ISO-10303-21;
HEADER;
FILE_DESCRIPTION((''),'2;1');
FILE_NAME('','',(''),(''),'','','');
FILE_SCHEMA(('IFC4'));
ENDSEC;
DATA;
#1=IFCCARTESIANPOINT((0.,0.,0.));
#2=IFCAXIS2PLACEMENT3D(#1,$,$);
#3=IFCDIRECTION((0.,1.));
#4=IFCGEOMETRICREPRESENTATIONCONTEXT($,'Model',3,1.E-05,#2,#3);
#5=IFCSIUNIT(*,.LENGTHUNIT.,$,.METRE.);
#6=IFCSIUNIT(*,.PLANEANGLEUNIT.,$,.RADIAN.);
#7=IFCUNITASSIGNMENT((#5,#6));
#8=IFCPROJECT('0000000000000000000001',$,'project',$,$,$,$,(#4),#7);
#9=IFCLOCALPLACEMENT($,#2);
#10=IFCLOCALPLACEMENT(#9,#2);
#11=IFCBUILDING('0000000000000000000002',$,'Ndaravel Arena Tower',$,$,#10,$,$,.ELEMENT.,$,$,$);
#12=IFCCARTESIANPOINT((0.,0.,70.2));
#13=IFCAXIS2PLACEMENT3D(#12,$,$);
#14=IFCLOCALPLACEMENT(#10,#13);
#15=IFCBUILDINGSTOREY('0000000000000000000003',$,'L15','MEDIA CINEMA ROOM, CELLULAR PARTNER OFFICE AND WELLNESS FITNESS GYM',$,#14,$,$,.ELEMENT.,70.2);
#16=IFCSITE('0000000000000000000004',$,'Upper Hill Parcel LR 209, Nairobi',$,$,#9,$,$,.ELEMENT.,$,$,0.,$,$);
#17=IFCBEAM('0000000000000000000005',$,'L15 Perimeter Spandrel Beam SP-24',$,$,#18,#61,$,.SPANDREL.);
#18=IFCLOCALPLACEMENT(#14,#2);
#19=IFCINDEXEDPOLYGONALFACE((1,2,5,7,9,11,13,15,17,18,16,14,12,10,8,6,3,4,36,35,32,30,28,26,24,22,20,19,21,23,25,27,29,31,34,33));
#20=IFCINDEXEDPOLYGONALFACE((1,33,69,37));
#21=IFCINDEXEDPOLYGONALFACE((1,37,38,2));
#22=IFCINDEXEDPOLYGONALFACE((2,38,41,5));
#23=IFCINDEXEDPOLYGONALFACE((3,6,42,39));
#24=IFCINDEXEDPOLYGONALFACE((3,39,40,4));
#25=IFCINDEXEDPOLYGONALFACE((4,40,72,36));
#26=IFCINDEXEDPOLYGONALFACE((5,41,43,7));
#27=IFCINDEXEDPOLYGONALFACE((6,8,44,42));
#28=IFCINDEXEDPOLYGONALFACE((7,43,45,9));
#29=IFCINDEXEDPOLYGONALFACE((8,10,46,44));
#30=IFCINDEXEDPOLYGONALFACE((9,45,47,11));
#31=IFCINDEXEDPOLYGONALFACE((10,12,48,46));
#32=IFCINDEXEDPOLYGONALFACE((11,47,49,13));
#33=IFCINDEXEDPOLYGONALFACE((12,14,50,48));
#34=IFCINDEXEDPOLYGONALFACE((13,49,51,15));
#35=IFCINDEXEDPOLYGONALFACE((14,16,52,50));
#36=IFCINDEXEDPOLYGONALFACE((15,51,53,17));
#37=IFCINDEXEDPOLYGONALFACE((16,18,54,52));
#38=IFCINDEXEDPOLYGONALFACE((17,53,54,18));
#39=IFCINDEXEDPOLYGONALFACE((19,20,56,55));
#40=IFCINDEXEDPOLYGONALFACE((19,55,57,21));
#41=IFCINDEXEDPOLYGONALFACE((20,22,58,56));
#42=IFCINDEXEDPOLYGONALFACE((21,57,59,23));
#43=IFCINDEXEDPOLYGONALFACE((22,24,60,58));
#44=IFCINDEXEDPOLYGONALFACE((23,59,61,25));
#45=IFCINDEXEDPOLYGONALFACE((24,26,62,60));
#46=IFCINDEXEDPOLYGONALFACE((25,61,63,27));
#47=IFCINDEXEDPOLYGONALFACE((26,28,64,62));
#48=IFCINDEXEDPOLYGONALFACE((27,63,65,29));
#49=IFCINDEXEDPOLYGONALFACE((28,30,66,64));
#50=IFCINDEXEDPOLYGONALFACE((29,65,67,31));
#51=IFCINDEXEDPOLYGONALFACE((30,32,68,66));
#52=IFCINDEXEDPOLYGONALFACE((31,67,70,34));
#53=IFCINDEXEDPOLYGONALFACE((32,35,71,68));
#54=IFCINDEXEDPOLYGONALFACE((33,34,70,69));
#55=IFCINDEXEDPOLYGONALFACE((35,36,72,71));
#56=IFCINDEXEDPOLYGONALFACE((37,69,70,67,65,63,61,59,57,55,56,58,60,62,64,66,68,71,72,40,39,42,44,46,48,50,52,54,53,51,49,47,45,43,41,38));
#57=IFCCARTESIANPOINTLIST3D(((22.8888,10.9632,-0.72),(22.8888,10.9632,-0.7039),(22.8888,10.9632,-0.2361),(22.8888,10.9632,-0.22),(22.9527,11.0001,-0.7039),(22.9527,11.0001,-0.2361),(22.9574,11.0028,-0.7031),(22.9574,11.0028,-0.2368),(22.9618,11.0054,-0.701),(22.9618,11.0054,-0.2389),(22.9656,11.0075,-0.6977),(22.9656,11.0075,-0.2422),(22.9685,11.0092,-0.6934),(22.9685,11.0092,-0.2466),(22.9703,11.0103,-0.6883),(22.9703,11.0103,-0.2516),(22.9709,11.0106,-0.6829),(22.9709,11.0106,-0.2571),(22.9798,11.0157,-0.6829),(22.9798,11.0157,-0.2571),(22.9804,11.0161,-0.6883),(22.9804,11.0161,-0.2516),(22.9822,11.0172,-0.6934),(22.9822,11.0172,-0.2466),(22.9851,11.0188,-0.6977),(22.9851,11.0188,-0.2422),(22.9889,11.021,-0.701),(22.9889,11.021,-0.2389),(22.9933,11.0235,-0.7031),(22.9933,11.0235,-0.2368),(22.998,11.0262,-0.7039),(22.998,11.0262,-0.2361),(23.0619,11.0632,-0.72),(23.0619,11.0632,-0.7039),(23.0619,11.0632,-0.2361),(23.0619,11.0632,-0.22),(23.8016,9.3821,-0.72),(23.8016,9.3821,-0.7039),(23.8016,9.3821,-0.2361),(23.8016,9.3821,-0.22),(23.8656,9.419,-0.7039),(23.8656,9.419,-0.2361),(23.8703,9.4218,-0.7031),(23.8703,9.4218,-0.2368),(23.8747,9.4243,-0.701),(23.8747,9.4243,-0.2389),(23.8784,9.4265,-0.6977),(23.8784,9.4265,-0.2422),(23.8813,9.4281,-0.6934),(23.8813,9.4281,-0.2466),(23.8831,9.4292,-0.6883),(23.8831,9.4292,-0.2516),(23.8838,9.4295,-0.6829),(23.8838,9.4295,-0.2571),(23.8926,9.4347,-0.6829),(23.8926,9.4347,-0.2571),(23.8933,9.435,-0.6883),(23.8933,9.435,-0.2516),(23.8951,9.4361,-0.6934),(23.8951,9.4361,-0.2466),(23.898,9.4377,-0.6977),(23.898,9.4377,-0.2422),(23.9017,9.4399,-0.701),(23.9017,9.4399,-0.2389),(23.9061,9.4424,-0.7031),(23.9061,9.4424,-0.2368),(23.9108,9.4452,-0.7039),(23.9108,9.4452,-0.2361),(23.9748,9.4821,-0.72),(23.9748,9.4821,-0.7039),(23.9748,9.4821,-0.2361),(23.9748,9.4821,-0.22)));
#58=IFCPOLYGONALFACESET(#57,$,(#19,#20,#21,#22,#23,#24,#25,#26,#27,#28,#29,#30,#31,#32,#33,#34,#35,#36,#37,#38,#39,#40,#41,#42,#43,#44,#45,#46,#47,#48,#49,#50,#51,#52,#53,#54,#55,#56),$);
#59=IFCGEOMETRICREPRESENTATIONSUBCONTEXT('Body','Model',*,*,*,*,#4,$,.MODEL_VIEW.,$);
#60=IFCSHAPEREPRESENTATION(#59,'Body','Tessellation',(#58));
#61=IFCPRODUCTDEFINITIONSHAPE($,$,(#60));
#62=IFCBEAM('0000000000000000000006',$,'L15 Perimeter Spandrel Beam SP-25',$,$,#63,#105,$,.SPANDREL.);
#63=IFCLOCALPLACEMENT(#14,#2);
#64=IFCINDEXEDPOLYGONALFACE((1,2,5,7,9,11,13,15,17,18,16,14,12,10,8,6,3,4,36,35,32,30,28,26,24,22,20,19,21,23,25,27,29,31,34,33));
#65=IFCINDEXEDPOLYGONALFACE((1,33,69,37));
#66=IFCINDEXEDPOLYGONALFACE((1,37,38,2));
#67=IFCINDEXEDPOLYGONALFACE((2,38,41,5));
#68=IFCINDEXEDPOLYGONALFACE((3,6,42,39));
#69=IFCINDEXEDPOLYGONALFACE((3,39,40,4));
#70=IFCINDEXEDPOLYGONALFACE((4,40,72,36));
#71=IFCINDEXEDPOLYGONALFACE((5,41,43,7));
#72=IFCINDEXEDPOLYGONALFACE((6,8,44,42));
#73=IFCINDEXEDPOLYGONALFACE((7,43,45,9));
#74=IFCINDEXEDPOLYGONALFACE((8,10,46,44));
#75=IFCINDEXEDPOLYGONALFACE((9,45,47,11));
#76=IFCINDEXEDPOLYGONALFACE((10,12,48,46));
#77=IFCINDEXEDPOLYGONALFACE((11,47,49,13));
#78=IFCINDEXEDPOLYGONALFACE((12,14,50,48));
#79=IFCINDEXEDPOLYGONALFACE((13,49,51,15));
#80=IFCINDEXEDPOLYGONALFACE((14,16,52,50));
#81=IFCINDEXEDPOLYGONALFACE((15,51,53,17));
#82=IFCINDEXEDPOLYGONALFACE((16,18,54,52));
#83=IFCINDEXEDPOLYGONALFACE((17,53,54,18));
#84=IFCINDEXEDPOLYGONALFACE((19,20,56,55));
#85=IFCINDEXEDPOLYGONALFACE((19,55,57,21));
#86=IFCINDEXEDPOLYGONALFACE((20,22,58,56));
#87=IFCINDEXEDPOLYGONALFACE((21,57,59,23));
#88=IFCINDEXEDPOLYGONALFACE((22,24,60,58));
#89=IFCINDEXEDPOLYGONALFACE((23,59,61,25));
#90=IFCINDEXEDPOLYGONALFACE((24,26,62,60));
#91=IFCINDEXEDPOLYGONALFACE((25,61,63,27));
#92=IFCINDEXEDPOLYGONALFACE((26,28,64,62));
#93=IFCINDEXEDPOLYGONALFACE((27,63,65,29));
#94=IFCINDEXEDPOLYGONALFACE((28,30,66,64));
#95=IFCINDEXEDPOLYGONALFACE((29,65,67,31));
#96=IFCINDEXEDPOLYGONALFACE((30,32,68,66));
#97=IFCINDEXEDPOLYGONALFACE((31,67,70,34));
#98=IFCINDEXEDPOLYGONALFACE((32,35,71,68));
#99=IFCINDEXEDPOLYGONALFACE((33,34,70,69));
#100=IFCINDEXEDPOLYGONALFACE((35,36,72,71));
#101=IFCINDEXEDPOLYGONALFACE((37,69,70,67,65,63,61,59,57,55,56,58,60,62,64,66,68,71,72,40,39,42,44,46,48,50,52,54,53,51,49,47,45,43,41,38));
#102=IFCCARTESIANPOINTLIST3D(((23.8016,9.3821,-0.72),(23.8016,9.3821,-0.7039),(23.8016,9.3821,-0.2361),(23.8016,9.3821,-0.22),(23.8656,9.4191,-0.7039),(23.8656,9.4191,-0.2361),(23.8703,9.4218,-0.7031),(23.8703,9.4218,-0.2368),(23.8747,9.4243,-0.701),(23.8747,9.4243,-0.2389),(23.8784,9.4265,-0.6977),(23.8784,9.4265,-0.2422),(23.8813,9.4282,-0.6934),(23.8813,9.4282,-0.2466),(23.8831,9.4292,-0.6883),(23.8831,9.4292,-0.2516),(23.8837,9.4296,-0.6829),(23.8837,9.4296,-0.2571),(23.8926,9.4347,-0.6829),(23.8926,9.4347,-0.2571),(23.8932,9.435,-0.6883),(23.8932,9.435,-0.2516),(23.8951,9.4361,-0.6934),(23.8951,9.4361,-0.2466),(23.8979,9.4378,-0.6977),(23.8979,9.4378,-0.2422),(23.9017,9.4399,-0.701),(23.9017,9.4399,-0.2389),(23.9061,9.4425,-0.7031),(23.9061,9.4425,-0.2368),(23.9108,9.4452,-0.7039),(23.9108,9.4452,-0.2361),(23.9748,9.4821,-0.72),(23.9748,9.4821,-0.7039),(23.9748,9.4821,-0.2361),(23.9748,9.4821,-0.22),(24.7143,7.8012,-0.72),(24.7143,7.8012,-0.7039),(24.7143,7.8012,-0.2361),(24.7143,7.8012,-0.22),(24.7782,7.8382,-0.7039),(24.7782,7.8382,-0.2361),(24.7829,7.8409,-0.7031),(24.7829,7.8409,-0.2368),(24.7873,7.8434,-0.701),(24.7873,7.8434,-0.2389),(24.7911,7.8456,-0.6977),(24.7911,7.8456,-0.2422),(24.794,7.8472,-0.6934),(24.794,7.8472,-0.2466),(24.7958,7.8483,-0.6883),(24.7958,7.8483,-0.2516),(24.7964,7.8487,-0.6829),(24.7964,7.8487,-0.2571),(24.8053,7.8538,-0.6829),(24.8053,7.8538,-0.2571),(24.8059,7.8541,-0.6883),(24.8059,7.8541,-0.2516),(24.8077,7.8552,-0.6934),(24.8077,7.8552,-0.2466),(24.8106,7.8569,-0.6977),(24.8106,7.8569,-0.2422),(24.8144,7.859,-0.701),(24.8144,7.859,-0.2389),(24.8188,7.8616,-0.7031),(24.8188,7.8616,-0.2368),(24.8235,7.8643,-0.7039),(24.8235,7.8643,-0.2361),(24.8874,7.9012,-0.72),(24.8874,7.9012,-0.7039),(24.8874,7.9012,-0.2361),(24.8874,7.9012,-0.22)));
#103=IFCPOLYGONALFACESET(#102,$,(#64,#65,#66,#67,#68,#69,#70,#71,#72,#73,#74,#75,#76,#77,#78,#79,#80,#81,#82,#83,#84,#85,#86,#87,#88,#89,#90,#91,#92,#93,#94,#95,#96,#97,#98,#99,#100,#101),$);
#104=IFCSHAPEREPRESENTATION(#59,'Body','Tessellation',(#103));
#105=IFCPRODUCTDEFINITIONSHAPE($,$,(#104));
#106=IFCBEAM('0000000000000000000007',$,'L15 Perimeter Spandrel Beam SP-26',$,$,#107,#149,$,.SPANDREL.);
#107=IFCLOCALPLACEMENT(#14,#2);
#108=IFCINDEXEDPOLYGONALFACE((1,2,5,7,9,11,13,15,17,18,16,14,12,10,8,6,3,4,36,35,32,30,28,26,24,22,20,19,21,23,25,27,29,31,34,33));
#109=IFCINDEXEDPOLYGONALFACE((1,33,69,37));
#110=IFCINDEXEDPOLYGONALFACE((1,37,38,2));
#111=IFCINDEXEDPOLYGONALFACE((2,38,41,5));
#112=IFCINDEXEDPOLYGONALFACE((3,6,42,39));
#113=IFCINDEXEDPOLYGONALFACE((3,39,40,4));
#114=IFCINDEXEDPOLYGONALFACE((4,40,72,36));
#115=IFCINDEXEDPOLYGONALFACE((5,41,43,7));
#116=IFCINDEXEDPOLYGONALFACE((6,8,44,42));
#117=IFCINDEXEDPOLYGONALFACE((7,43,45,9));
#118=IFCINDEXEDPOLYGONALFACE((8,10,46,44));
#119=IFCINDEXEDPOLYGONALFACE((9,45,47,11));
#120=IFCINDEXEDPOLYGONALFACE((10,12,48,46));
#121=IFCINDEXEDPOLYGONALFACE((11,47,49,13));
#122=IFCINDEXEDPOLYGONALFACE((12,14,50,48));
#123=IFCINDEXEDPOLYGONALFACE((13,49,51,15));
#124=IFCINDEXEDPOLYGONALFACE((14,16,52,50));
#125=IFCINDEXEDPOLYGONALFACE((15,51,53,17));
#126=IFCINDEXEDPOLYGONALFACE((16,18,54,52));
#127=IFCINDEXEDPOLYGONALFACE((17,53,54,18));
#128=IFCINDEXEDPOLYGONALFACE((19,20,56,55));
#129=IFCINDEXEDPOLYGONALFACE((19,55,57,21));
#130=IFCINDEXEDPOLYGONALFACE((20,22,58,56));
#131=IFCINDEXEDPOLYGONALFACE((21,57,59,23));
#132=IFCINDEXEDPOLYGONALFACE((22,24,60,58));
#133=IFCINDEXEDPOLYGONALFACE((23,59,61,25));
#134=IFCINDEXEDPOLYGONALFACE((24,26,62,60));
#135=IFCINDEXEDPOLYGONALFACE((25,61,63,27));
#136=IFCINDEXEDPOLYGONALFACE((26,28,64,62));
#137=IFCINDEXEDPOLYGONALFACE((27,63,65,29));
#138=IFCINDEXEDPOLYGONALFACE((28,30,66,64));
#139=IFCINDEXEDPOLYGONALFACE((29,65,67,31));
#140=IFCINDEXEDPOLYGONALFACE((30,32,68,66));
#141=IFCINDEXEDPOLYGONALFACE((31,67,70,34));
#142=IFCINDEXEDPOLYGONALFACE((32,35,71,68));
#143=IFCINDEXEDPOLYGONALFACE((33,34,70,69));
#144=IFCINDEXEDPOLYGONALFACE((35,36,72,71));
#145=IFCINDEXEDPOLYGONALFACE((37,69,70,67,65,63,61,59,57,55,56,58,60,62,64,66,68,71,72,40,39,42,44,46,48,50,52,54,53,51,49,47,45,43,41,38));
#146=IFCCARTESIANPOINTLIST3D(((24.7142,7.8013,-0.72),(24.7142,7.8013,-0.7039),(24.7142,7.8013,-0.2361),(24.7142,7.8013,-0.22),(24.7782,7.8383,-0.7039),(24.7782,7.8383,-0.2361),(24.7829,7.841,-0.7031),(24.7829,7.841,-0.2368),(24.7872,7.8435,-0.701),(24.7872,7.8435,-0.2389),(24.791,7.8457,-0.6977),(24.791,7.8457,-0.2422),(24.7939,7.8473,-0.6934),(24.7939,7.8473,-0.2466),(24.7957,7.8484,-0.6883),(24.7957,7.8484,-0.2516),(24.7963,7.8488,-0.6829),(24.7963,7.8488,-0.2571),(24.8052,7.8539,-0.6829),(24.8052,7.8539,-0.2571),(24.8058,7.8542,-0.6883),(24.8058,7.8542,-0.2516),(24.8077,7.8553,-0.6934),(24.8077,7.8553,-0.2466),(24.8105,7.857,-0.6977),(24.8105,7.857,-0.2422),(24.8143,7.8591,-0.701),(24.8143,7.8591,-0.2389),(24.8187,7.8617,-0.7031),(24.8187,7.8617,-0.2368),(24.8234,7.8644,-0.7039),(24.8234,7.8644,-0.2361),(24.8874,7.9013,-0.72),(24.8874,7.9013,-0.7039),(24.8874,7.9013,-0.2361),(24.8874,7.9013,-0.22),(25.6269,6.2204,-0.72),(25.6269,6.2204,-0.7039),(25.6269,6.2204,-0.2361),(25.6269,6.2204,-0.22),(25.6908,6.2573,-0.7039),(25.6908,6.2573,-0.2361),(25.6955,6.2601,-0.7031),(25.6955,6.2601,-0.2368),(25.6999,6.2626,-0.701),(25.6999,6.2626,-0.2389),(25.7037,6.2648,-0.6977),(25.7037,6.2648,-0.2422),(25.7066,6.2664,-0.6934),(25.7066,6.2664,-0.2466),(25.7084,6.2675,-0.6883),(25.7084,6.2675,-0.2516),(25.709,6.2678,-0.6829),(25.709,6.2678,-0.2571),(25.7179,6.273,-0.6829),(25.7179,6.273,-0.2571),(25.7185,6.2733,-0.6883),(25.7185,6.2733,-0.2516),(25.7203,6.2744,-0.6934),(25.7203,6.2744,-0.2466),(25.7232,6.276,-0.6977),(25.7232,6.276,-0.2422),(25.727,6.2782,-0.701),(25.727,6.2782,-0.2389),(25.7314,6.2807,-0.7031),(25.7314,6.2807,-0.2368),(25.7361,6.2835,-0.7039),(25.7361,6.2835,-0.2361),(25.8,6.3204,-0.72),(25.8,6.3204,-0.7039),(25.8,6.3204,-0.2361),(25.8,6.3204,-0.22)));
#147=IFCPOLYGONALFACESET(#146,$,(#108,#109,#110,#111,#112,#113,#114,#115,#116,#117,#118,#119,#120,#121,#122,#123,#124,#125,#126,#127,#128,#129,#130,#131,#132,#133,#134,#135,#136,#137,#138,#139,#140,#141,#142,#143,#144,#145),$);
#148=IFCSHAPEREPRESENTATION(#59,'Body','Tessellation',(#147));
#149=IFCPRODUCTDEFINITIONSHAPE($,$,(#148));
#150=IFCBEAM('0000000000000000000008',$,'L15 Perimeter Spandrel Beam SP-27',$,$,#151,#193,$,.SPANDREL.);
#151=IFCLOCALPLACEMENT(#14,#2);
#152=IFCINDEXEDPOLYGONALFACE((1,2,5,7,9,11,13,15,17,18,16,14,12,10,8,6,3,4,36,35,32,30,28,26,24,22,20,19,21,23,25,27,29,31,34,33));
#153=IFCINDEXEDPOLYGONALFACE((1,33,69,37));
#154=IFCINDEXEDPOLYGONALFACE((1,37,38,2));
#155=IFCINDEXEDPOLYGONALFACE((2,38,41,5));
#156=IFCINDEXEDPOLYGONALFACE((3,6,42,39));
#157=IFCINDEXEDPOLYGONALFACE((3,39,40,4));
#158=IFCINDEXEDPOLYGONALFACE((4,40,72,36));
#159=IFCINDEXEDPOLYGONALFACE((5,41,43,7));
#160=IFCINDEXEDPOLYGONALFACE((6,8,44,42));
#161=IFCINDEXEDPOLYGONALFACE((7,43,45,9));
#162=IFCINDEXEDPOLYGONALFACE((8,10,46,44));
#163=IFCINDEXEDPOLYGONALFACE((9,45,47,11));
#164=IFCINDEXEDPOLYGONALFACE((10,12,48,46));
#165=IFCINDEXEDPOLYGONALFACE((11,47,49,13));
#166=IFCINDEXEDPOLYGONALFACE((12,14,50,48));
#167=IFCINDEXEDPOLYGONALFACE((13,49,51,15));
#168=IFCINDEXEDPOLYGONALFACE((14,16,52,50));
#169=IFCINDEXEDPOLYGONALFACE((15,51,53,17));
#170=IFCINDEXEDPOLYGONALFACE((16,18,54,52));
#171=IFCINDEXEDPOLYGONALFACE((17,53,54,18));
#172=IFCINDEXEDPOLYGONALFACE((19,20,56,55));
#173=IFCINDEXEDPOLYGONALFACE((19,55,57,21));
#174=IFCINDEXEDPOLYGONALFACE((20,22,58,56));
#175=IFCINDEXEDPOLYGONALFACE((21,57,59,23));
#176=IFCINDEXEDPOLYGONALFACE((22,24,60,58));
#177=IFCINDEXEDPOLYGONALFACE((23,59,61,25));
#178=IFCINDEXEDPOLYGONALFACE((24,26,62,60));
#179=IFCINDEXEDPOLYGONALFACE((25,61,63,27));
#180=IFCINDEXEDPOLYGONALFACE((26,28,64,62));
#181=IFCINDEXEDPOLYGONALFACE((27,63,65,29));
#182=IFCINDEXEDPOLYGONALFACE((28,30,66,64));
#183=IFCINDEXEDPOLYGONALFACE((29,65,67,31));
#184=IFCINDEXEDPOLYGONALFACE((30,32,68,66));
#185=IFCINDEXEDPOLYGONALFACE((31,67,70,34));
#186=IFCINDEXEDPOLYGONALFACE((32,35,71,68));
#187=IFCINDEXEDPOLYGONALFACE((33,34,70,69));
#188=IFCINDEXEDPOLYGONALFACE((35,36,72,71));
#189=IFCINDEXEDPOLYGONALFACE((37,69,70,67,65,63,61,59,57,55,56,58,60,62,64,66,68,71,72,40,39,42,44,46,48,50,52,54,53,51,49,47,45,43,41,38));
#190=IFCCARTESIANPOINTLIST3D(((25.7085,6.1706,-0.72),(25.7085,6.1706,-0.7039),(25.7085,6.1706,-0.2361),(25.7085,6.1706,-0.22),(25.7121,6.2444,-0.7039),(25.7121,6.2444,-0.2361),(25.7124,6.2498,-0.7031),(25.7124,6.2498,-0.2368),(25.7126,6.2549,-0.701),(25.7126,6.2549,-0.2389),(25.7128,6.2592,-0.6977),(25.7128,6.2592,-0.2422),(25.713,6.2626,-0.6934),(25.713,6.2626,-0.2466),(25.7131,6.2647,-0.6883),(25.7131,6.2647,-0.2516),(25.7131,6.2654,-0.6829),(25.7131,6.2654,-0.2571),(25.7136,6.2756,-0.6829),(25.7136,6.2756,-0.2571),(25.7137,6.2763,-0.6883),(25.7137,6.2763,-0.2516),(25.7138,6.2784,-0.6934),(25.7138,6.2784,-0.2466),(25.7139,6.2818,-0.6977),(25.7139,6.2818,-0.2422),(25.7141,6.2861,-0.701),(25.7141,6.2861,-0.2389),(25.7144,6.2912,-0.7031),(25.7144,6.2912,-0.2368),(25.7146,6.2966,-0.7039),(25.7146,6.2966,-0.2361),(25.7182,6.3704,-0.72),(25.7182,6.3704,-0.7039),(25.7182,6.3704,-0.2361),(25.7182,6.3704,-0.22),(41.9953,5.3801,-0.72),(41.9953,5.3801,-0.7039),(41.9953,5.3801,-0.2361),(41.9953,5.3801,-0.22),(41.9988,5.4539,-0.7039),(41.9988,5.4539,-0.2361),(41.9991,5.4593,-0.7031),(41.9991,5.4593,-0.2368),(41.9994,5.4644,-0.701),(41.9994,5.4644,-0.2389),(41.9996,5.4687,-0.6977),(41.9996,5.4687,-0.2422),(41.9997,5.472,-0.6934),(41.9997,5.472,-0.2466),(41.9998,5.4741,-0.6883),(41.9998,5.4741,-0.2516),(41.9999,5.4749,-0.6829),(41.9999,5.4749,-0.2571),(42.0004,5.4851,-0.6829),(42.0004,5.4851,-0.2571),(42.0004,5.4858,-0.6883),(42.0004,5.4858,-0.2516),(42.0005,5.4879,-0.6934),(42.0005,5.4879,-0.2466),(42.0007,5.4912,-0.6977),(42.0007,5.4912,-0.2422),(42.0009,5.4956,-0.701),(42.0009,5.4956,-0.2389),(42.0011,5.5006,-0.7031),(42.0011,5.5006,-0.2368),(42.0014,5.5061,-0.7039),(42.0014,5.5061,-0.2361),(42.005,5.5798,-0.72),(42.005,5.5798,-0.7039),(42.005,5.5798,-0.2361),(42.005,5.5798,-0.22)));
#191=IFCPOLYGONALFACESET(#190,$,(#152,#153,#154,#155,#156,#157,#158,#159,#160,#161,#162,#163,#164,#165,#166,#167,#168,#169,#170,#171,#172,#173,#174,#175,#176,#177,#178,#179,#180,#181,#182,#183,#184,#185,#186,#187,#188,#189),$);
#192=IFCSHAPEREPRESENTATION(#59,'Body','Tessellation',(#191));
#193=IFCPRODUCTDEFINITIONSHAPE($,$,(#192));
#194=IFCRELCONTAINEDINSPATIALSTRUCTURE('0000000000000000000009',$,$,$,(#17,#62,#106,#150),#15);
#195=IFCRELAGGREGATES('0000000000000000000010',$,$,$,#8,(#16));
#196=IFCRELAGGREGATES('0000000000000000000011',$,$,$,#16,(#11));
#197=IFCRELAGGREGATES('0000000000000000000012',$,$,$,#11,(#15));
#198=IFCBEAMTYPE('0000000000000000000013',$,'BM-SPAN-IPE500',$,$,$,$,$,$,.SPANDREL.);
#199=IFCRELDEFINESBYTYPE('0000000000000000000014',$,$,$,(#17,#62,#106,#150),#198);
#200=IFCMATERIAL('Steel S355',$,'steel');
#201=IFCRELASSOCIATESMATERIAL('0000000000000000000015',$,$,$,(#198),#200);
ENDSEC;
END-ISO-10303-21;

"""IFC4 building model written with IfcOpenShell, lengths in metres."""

from ifc_helpers import new_model, si_unit, direction, frame, origin, origin_2d, place, context, subcontext, project, spatial, i_section, extrude, material, material_profile, profile_set, type_object, element, save


model = new_model("IFC4")

# Units and contexts
model_context = context("Model", 3, precision=1e-05, world=origin(), true_north=direction((0.0, 1.0)))
body_context = subcontext(model_context, "Body", "Model", "MODEL_VIEW")
ifc_project = project(units=[si_unit("LENGTHUNIT", "METRE"), si_unit("PLANEANGLEUNIT", "RADIAN")], contexts=[model_context])

# Site, building, storey
site_placement = place(None, origin())
site = spatial("IfcSite", under=ifc_project, at=site_placement, Name="Upper Hill Parcel LR 209, Nairobi", CompositionType="ELEMENT", RefElevation=0.0)
building_placement = place(site_placement, origin())
building = spatial("IfcBuilding", under=site, at=building_placement, Name="Ndaravel Arena Tower", CompositionType="ELEMENT")
storey_placement = place(building_placement, frame((0.0, 0.0, 70.2)))
storey = spatial("IfcBuildingStorey", under=building, at=storey_placement, Name="L15", Description="MEDIA CINEMA ROOM, CELLULAR PARTNER OFFICE AND WELLNESS FITNESS GYM", CompositionType="ELEMENT", Elevation=70.2)

# Beams
ifc_material_1 = material(Name="Steel S355", Category="steel")
ifc_material_profile_1 = material_profile(ifc_material_1, i_section(OverallWidth=0.2, OverallDepth=0.5, WebThickness=0.0103, FlangeThickness=0.0161, FilletRadius=0.021, at=origin_2d()), Name="IPE 500")
ifc_profile_set_1 = profile_set([ifc_material_profile_1], Name="Steel S355")
beam_type = type_object("IfcBeamType", Name="BM-SPAN-IPE500", PredefinedType="SPANDREL", material=ifc_profile_set_1)
beam_1_placement = place(storey_placement, frame((22.9753, 11.0132, -0.47), z_axis=(0.500008, -0.866021, 0.0), x_axis=(0.866021, 0.500008, 0.0)))
element("IfcBeam", 1, at=beam_1_placement, inside=storey, type_object=beam_type, Name="L15 Perimeter Spandrel Beam SP-24", PredefinedType="SPANDREL", context=body_context, shape_type="SweptSolid", body=[
    extrude(i_section(OverallWidth=0.2, OverallDepth=0.5, WebThickness=0.0103, FlangeThickness=0.0161, FilletRadius=0.021, at=origin_2d()), origin(), (0.0, 0.0, 1.0), 1.8257),
])
for number, where, z_axis, x_axis, name in (
    (2, (23.8882, 9.4321, -0.47), (0.499966, -0.866045, 0.0), (0.866045, 0.499966, 0.0), "L15 Perimeter Spandrel Beam SP-25"),
    (3, (24.8008, 7.8513, -0.47), (0.499966, -0.866045, 0.0), (0.866045, 0.499966, 0.0), "L15 Perimeter Spandrel Beam SP-26"),
):
    element("IfcBeam", number, at=place(storey_placement, frame(where, z_axis=z_axis, x_axis=x_axis)), inside=storey, type_object=beam_type, Name=name, PredefinedType="SPANDREL", context=body_context, shape_type="SweptSolid", body=[
        extrude(i_section(OverallWidth=0.2, OverallDepth=0.5, WebThickness=0.0103, FlangeThickness=0.0161, FilletRadius=0.021, at=origin_2d()), origin(), (0.0, 0.0, 1.0), 1.8254),
    ])
beam_2_placement = place(storey_placement, frame((25.7134, 6.2705, -0.47), z_axis=(0.998824, -0.048481, 0.0), x_axis=(0.048481, 0.998824, 0.0)))
element("IfcBeam", 4, at=beam_2_placement, inside=storey, type_object=beam_type, Name="L15 Perimeter Spandrel Beam SP-27", PredefinedType="SPANDREL", context=body_context, shape_type="SweptSolid", body=[
    extrude(i_section(OverallWidth=0.2, OverallDepth=0.5, WebThickness=0.0103, FlangeThickness=0.0161, FilletRadius=0.021, at=origin_2d()), origin(), (0.0, 0.0, 1.0), 16.3059),
])

save(model, "model.ifc")
